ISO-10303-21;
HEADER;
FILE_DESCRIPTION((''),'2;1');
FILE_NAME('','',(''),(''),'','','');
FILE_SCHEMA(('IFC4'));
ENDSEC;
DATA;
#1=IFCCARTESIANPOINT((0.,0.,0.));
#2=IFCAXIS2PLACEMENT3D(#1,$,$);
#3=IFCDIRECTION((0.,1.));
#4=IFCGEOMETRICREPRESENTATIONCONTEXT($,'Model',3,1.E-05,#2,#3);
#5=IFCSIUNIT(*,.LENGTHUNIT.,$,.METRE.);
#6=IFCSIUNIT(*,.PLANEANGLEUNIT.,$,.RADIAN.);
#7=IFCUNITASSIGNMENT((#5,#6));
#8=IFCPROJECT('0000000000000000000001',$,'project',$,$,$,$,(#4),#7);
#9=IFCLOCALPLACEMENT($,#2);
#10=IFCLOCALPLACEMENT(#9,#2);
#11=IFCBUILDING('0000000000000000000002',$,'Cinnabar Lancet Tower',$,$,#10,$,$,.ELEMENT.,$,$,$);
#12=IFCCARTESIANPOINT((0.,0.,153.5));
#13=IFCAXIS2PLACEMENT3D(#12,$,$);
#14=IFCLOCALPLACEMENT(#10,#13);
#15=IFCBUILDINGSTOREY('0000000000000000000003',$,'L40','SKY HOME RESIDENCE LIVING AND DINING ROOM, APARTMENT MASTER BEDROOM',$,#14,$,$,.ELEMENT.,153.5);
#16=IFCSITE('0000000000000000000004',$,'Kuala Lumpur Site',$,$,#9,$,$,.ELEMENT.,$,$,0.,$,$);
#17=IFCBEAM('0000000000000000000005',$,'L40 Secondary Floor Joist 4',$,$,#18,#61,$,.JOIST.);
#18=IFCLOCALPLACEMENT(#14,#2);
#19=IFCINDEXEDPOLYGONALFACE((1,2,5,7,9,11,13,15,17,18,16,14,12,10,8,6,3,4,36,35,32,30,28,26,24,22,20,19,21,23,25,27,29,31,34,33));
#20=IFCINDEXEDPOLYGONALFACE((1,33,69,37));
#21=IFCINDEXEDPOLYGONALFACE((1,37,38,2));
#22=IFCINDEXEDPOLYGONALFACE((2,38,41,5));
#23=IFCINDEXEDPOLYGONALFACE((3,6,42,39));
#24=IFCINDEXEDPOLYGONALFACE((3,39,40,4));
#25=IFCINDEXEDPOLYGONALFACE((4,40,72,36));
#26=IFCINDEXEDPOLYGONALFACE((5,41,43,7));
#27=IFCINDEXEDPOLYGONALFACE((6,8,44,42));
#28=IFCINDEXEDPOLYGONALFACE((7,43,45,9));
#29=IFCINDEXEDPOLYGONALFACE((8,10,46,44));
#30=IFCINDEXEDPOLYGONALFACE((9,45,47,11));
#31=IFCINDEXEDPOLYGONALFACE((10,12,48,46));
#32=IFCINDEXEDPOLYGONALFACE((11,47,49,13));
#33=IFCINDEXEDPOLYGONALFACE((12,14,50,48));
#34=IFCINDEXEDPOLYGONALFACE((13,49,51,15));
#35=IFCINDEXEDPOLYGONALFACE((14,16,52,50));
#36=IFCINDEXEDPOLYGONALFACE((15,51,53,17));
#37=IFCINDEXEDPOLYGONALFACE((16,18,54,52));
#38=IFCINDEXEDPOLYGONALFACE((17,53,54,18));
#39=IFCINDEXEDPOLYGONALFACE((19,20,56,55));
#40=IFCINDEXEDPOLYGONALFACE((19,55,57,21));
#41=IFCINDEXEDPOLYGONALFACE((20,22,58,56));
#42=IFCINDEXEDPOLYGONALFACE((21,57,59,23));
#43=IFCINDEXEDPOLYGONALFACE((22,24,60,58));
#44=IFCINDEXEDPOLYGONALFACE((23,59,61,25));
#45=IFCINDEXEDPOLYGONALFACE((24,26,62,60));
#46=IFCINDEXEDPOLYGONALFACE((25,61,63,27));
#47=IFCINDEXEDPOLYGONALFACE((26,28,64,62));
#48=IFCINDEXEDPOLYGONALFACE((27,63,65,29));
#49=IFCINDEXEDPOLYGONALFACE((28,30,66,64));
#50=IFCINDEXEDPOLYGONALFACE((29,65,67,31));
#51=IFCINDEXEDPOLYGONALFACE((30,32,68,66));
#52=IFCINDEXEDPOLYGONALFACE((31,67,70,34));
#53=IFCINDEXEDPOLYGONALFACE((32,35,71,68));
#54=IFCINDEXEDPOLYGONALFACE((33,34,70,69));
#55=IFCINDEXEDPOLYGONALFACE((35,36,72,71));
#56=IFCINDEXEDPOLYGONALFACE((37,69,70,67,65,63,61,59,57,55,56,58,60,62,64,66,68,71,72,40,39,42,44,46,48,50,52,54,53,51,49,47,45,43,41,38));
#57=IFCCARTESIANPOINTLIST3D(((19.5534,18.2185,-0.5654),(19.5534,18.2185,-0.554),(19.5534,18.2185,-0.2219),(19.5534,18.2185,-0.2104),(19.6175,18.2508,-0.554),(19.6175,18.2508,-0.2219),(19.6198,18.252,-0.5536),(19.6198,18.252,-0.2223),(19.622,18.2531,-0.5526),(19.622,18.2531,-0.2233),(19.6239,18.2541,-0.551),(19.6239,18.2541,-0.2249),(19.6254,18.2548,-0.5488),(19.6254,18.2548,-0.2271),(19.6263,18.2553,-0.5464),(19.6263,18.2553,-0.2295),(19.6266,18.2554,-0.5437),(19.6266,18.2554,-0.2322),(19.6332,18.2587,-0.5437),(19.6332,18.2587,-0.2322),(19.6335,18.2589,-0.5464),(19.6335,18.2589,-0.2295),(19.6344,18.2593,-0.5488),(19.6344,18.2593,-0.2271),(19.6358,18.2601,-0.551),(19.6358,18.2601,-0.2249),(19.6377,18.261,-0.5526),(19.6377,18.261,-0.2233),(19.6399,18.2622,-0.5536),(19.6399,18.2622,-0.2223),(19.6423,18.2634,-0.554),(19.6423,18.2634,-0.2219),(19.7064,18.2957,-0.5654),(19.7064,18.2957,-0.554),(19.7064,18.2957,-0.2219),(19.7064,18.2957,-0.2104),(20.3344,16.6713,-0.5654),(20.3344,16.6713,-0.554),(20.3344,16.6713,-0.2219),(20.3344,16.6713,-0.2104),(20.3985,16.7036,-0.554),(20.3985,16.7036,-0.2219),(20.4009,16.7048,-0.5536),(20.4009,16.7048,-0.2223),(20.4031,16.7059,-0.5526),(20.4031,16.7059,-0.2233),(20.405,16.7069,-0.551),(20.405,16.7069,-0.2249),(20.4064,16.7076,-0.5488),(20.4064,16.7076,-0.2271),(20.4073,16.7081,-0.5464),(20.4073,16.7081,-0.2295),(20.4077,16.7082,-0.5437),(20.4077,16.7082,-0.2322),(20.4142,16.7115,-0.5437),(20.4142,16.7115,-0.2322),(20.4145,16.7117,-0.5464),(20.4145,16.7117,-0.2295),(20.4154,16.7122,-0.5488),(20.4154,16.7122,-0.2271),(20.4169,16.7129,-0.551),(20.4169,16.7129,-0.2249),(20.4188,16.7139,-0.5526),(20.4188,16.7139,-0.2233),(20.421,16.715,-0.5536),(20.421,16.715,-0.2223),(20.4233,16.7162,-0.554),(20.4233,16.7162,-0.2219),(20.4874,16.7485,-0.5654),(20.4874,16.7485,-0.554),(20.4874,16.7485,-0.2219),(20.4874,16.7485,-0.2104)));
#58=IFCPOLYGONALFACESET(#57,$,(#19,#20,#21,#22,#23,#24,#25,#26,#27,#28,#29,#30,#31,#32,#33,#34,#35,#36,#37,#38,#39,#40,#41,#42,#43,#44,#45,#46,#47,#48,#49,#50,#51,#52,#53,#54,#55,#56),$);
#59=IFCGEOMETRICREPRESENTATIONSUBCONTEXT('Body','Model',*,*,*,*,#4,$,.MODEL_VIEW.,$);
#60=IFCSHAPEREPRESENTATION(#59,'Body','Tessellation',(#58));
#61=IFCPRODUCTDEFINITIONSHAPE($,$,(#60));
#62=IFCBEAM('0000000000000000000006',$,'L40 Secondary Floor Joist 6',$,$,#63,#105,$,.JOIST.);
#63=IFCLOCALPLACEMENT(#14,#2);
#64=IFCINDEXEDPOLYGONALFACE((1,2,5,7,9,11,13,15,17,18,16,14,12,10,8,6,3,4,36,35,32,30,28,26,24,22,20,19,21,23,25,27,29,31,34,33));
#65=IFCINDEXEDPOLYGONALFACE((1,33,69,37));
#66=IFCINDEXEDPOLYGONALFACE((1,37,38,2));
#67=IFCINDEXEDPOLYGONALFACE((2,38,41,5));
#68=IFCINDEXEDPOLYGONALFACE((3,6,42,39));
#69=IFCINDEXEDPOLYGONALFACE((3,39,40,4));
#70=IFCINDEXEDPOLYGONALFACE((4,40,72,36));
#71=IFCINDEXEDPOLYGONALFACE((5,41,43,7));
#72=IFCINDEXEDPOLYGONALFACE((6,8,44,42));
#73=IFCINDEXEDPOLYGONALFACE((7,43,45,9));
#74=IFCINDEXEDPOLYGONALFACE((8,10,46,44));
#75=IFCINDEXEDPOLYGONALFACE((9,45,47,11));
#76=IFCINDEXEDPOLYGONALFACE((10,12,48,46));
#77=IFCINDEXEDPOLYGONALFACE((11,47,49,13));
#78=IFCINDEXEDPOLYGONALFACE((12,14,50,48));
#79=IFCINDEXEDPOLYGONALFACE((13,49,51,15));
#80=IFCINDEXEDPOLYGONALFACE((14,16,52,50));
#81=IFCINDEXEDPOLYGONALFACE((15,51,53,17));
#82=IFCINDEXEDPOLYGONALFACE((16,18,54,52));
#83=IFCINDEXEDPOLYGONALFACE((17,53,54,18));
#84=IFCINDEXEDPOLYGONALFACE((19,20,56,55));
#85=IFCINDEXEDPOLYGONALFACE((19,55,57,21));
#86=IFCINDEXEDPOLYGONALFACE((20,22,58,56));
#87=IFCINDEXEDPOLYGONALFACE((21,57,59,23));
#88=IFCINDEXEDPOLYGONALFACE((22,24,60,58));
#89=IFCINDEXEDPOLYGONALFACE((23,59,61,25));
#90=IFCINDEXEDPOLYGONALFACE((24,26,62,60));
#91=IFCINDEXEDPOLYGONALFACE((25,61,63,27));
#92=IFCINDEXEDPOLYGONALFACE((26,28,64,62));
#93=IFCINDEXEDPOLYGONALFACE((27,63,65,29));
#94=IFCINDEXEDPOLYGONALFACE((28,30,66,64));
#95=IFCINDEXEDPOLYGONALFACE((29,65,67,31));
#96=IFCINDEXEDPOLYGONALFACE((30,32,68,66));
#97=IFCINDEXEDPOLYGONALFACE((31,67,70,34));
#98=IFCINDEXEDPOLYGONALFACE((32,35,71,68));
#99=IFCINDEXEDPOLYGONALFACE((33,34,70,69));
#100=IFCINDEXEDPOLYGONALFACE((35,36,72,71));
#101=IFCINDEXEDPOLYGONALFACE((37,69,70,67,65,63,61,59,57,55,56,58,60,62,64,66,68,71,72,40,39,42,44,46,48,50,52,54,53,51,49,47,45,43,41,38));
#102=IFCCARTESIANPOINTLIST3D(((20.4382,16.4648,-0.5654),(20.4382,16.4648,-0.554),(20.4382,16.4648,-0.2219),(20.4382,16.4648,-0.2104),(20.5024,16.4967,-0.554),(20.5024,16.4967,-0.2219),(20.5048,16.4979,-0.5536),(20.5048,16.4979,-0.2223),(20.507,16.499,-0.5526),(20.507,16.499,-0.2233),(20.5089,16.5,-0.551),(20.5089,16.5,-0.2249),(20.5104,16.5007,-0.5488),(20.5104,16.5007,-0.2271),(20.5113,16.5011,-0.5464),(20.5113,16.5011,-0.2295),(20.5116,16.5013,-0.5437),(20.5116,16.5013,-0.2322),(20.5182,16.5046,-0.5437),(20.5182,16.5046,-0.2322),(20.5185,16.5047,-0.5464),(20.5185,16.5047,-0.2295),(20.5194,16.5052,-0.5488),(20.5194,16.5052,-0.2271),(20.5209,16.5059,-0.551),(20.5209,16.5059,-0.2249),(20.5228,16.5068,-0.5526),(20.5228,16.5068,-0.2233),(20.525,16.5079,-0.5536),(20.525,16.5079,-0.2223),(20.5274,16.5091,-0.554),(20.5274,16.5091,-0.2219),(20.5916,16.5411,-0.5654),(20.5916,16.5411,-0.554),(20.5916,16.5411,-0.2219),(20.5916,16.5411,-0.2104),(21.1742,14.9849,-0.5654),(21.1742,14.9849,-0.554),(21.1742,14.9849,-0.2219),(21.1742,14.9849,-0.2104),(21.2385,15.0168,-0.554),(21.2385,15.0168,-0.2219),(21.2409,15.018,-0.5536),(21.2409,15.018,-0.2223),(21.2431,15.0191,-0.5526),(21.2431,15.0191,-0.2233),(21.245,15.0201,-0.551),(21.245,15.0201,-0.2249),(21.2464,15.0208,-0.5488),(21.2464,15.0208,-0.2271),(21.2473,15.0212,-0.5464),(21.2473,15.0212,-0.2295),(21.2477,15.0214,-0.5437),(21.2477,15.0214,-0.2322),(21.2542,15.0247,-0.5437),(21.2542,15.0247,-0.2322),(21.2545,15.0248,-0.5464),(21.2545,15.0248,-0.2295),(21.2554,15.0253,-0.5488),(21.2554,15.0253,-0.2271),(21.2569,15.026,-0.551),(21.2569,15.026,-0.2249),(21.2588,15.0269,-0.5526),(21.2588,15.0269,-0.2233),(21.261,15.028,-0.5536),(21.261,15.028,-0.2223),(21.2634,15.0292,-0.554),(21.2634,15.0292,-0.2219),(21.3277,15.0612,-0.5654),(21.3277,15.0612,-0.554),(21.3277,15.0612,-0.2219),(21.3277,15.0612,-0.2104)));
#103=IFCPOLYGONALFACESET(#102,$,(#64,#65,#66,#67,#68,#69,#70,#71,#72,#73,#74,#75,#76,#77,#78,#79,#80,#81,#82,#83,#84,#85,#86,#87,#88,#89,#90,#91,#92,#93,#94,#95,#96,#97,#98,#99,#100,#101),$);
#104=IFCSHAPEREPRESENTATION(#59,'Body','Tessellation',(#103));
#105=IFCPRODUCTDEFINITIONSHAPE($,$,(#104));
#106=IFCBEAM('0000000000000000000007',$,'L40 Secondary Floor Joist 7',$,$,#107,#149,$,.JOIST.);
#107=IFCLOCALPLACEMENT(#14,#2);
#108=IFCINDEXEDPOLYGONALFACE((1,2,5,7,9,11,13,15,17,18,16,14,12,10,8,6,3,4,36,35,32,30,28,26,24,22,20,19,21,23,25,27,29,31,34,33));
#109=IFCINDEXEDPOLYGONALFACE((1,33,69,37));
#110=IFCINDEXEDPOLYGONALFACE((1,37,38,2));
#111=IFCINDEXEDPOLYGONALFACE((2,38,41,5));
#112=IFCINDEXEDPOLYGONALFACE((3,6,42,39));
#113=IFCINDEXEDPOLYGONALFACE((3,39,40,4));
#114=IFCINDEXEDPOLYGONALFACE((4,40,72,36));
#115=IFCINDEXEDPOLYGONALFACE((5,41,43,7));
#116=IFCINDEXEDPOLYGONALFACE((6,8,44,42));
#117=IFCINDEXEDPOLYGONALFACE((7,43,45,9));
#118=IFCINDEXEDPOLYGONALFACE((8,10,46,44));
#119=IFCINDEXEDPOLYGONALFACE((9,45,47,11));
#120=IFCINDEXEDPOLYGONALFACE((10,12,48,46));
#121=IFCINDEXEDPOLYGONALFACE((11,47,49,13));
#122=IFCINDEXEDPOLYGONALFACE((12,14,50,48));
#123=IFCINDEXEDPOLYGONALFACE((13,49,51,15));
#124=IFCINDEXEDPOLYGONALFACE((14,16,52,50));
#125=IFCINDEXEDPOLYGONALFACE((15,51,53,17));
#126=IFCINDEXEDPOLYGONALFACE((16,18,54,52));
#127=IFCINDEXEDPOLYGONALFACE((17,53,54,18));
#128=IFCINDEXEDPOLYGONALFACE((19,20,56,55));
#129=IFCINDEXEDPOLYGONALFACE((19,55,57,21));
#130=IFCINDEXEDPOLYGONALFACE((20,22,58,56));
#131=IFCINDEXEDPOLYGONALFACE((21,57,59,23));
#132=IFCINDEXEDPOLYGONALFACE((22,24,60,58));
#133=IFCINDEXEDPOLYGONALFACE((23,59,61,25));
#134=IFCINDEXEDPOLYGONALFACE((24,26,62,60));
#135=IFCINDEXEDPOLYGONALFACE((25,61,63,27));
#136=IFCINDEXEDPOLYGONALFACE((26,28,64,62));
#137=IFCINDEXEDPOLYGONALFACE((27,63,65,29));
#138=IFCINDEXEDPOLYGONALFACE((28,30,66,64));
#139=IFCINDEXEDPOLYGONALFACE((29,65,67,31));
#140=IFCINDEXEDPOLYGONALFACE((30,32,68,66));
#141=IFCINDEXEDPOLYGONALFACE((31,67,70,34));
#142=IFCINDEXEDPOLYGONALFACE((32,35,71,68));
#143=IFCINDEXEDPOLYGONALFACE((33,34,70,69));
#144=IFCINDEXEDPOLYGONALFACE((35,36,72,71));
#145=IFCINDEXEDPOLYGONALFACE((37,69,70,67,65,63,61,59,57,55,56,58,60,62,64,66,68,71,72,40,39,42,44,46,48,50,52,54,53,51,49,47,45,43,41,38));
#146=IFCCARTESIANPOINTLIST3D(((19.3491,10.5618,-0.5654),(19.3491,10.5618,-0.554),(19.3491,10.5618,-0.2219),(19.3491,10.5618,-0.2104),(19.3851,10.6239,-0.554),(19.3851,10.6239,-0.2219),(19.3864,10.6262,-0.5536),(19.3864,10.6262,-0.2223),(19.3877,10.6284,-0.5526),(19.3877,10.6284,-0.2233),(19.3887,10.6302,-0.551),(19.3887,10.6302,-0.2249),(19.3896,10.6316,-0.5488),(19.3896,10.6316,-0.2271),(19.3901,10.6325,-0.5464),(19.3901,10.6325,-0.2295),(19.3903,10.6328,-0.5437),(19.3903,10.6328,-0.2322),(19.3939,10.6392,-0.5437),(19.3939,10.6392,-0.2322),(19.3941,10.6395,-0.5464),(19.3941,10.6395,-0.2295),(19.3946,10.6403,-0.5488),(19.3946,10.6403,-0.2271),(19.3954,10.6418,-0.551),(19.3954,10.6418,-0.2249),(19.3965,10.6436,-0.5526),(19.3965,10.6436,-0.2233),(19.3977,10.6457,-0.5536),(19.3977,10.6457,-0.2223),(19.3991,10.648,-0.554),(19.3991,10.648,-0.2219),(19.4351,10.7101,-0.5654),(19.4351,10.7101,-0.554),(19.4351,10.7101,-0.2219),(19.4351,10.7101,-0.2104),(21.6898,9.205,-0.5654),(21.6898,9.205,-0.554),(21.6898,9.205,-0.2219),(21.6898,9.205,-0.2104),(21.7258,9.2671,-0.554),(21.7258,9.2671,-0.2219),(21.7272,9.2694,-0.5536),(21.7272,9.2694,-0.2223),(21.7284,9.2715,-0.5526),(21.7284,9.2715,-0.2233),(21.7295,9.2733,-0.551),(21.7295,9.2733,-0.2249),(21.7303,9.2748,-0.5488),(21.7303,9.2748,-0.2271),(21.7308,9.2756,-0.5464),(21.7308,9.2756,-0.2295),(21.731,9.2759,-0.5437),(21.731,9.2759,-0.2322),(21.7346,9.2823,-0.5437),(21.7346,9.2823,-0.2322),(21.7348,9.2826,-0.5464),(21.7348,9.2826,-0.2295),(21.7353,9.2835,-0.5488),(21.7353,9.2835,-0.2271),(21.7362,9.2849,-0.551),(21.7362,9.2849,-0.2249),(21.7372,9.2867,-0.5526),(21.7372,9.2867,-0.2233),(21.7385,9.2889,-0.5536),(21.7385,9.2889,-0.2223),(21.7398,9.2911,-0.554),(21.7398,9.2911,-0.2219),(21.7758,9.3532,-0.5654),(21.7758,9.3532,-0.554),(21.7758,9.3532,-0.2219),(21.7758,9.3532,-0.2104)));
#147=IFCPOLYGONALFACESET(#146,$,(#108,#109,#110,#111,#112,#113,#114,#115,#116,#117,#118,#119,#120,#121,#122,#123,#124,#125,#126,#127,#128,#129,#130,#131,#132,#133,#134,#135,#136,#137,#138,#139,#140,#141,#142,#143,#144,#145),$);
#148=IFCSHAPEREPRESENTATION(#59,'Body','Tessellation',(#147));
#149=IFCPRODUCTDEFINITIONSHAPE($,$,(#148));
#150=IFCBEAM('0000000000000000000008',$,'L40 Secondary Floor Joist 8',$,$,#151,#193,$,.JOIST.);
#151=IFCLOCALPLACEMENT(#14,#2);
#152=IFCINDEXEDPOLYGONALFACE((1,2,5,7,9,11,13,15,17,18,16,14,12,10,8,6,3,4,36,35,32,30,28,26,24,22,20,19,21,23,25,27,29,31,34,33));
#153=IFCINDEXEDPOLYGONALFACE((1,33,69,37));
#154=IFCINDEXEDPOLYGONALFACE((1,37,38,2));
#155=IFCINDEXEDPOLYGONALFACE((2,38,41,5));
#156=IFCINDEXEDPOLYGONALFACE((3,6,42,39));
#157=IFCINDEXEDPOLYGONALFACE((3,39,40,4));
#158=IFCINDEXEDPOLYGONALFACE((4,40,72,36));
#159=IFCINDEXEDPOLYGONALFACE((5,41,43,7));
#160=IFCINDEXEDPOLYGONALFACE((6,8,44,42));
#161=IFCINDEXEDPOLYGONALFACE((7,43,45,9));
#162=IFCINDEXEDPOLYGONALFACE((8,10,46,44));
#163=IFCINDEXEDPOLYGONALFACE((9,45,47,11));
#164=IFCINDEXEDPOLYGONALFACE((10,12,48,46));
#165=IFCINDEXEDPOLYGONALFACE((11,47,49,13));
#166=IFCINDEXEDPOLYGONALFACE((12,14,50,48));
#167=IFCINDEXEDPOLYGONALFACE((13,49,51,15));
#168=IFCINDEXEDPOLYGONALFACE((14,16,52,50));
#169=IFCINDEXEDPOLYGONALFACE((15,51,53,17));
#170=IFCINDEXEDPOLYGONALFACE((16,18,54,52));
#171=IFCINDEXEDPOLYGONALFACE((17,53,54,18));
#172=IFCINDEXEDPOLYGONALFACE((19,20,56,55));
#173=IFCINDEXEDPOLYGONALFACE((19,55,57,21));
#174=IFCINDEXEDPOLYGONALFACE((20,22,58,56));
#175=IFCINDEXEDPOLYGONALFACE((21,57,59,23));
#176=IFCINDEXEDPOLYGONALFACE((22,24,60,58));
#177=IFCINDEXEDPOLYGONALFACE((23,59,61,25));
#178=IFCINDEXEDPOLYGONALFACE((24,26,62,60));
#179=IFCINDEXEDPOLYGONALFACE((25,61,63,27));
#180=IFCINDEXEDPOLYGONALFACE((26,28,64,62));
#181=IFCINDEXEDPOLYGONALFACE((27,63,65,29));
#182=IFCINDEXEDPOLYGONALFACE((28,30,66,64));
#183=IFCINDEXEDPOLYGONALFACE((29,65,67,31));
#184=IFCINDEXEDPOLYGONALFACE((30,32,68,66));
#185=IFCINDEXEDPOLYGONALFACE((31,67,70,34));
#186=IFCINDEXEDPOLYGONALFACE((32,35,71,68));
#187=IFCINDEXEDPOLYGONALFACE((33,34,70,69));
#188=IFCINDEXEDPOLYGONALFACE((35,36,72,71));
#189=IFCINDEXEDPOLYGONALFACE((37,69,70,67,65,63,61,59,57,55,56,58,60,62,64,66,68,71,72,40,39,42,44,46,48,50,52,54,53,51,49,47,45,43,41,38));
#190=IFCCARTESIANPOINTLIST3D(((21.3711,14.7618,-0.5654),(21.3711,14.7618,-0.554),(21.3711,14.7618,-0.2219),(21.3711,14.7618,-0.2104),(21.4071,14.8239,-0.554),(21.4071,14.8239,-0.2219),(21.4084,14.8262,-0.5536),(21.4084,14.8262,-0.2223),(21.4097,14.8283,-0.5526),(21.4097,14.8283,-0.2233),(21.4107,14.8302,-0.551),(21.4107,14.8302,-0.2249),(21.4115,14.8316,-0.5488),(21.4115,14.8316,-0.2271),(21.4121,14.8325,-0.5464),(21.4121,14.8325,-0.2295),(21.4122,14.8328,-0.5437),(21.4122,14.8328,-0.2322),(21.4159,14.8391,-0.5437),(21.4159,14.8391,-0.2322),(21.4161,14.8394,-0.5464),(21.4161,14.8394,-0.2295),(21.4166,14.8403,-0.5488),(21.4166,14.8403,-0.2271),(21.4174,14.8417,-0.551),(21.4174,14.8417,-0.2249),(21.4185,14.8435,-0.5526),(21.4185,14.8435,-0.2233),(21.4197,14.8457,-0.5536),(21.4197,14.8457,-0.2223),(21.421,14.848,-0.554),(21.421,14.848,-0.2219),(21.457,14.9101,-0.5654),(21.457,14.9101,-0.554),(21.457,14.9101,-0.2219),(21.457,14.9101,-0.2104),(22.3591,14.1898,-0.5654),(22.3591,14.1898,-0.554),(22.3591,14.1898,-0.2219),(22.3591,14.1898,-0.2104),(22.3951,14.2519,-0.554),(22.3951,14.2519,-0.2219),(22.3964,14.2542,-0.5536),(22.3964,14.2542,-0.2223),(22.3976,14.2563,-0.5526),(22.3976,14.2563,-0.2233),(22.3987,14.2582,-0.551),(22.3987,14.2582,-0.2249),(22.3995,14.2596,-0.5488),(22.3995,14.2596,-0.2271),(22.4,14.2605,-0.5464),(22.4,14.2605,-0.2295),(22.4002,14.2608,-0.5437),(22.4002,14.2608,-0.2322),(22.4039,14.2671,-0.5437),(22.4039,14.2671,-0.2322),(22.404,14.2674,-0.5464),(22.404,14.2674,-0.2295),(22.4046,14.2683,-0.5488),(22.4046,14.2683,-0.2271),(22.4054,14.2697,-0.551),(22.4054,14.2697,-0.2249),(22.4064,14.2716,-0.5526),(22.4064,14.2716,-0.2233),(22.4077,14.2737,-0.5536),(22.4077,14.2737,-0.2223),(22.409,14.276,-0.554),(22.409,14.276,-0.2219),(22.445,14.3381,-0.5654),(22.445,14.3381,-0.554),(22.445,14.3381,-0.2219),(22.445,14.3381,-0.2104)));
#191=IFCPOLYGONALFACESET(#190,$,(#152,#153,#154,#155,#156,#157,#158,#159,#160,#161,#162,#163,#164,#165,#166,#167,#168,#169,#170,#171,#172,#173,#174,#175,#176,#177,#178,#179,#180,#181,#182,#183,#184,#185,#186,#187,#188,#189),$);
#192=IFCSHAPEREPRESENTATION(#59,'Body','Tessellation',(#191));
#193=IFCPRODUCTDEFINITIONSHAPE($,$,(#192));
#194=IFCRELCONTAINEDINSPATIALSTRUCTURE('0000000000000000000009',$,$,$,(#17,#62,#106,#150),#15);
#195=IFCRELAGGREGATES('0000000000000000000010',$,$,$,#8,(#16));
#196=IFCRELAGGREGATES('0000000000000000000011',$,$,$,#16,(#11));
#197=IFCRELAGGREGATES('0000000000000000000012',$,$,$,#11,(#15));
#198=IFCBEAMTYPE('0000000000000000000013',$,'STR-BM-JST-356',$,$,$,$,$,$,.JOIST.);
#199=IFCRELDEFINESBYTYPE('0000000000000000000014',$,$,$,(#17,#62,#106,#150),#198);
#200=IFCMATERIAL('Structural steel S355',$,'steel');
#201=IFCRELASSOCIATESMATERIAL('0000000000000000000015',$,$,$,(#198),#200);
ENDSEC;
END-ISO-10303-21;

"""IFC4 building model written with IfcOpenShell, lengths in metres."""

from ifc_helpers import new_model, si_unit, direction, frame, origin, origin_2d, place, context, subcontext, project, spatial, i_section, extrude, material, material_profile, profile_set, type_object, element, save


model = new_model("IFC4")

# Units and contexts
model_context = context("Model", 3, precision=1e-05, world=origin(), true_north=direction((0.0, 1.0)))
body_context = subcontext(model_context, "Body", "Model", "MODEL_VIEW")
ifc_project = project(units=[si_unit("LENGTHUNIT", "METRE"), si_unit("PLANEANGLEUNIT", "RADIAN")], contexts=[model_context])

# Site, building, storey
site_placement = place(None, origin())
site = spatial("IfcSite", under=ifc_project, at=site_placement, Name="Kuala Lumpur Site", CompositionType="ELEMENT", RefElevation=0.0)
building_placement = place(site_placement, origin())
building = spatial("IfcBuilding", under=site, at=building_placement, Name="Cinnabar Lancet Tower", CompositionType="ELEMENT")
storey_placement = place(building_placement, frame((0.0, 0.0, 153.5)))
storey = spatial("IfcBuildingStorey", under=building, at=storey_placement, Name="L40", Description="SKY HOME RESIDENCE LIVING AND DINING ROOM, APARTMENT MASTER BEDROOM", CompositionType="ELEMENT", Elevation=153.5)

# Beams
ifc_material_1 = material(Name="Structural steel S355", Category="steel")
ifc_material_profile = material_profile(ifc_material_1, i_section(OverallWidth=0.1714, OverallDepth=0.355, WebThickness=0.0073, FlangeThickness=0.0115, FilletRadius=0.0103, at=origin_2d()), Name="UKB 356x171x51")
ifc_profile_set = profile_set([ifc_material_profile], Name="Structural steel S355")
beam_type = type_object("IfcBeamType", Name="STR-BM-JST-356", PredefinedType="JOIST", material=ifc_profile_set)
beam_1_placement = place(storey_placement, frame((19.6299, 18.2571, -0.3879), z_axis=(0.450648, -0.892702, 0.0), x_axis=(0.892702, 0.450648, 0.0)))
element("IfcBeam", 1, at=beam_1_placement, inside=storey, type_object=beam_type, Name="L40 Secondary Floor Joist 4", PredefinedType="JOIST", context=body_context, shape_type="SweptSolid", body=[
    extrude(i_section(OverallWidth=0.1714, OverallDepth=0.355, WebThickness=0.0073, FlangeThickness=0.0115, FilletRadius=0.0103, at=origin_2d()), origin(), (0.0, 0.0, 1.0), 1.7332),
])
beam_2_placement = place(storey_placement, frame((20.5149, 16.5029, -0.3879), z_axis=(0.445322, -0.89537, 0.0), x_axis=(0.89537, 0.445322, 0.0)))
element("IfcBeam", 2, at=beam_2_placement, inside=storey, type_object=beam_type, Name="L40 Secondary Floor Joist 6", PredefinedType="JOIST", context=body_context, shape_type="SweptSolid", body=[
    extrude(i_section(OverallWidth=0.1714, OverallDepth=0.355, WebThickness=0.0073, FlangeThickness=0.0115, FilletRadius=0.0103, at=origin_2d()), origin(), (0.0, 0.0, 1.0), 1.6528),
])
beam_3_placement = place(storey_placement, frame((19.3921, 10.636, -0.3879), z_axis=(0.86515, -0.501513, 0.0), x_axis=(0.501513, 0.86515, 0.0)))
element("IfcBeam", 3, at=beam_3_placement, inside=storey, type_object=beam_type, Name="L40 Secondary Floor Joist 7", PredefinedType="JOIST", context=body_context, shape_type="SweptSolid", body=[
    extrude(i_section(OverallWidth=0.1714, OverallDepth=0.355, WebThickness=0.0073, FlangeThickness=0.0115, FilletRadius=0.0103, at=origin_2d()), origin(), (0.0, 0.0, 1.0), 2.7056),
])
beam_4_placement = place(storey_placement, frame((21.4141, 14.8359, -0.3879), z_axis=(0.865426, -0.501036, 0.0), x_axis=(0.501036, 0.865426, 0.0)))
element("IfcBeam", 4, at=beam_4_placement, inside=storey, type_object=beam_type, Name="L40 Secondary Floor Joist 8", PredefinedType="JOIST", context=body_context, shape_type="SweptSolid", body=[
    extrude(i_section(OverallWidth=0.1714, OverallDepth=0.355, WebThickness=0.0073, FlangeThickness=0.0115, FilletRadius=0.0103, at=origin_2d()), origin(), (0.0, 0.0, 1.0), 1.1416),
])

save(model, "model.ifc")
